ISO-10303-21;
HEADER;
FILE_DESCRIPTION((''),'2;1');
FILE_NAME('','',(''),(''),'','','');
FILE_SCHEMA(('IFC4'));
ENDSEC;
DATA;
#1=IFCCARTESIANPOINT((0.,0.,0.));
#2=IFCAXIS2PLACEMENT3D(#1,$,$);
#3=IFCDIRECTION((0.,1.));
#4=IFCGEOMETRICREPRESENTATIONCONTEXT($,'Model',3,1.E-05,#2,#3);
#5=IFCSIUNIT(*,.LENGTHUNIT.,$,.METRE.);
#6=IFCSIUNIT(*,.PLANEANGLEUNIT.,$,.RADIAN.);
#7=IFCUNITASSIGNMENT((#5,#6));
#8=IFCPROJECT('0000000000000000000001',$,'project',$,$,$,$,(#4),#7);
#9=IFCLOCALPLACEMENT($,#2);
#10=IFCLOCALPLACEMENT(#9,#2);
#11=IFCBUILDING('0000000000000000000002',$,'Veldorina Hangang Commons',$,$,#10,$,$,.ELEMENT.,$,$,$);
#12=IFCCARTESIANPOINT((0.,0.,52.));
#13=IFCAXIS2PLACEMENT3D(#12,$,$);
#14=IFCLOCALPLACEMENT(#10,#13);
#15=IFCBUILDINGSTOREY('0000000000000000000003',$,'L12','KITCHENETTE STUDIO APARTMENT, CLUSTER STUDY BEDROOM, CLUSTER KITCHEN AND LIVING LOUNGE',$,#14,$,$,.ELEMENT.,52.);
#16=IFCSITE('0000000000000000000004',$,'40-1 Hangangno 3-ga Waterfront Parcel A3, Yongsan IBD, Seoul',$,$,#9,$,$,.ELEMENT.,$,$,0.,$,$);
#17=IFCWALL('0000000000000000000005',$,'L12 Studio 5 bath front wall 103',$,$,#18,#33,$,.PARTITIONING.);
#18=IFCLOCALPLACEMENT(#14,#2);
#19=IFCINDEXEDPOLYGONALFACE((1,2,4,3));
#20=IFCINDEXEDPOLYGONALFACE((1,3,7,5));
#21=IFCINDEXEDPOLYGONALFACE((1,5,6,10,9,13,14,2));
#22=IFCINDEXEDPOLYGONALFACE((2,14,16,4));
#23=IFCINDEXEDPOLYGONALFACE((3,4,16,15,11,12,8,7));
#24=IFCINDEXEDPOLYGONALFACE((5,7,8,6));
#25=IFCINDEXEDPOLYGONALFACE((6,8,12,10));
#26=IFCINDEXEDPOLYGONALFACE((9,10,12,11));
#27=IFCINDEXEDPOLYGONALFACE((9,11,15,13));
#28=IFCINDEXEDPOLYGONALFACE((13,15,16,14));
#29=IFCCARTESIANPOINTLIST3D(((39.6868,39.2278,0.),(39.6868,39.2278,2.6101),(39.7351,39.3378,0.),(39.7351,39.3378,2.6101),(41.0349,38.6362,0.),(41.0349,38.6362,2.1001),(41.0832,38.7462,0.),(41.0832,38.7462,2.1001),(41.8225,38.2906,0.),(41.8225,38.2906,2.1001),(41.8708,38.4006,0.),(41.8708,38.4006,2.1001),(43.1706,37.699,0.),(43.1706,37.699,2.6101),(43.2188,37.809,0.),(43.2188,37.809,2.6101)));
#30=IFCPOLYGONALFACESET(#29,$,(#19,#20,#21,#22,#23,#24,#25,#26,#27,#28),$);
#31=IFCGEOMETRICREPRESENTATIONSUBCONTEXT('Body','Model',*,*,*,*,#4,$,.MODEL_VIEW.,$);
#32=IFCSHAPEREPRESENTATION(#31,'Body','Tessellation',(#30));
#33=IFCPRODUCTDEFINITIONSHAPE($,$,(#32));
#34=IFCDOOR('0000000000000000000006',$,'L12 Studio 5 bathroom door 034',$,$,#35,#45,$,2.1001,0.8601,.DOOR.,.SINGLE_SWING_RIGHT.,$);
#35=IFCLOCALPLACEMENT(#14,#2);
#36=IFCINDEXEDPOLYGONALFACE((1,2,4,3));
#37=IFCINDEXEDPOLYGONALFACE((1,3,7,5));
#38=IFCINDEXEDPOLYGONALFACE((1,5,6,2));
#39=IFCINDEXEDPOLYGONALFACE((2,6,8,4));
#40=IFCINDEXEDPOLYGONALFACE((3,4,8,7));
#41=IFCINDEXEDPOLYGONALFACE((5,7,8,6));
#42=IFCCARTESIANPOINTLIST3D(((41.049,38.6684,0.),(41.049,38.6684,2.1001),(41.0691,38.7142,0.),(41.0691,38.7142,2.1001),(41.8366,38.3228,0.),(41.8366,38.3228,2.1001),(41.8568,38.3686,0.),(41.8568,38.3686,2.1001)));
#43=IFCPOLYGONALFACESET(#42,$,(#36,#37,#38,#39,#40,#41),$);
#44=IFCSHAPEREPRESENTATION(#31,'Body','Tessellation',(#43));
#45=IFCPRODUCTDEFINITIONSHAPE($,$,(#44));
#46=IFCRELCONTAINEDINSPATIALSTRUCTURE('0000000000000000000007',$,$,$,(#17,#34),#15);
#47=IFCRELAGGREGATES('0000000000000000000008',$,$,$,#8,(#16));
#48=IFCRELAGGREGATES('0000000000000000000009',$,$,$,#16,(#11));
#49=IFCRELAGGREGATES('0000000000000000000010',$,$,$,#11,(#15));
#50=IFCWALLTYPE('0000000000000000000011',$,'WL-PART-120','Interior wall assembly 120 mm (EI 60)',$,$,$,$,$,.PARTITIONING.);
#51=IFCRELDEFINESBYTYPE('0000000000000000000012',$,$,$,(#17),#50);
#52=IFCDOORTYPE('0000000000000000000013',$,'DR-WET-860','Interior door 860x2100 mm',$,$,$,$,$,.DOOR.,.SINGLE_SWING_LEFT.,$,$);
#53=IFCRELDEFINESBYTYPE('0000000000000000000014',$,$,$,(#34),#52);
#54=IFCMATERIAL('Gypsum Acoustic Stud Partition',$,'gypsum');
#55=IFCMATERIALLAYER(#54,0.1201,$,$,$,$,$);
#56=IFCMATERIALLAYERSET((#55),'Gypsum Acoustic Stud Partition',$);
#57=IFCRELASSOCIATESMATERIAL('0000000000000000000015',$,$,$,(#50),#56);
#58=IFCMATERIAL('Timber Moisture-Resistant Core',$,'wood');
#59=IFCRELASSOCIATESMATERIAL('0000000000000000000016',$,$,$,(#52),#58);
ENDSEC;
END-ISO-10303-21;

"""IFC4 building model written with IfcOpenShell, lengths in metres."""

from ifc_helpers import new_model, si_unit, direction, frame, frame_2d, origin, place, context, subcontext, project, spatial, rectangle, extrude, material, layer, layer_set, type_object, element, fill, save


model = new_model("IFC4")

# Units and contexts
model_context = context("Model", 3, precision=1e-05, world=origin(), true_north=direction((0.0, 1.0)))
body_context = subcontext(model_context, "Body", "Model", "MODEL_VIEW")
ifc_project = project(units=[si_unit("LENGTHUNIT", "METRE"), si_unit("PLANEANGLEUNIT", "RADIAN")], contexts=[model_context])

# Site, building, storey
site_placement = place(None, origin())
site = spatial("IfcSite", under=ifc_project, at=site_placement, Name="40-1 Hangangno 3-ga Waterfront Parcel A3, Yongsan IBD, Seoul", CompositionType="ELEMENT", RefElevation=0.0)
building_placement = place(site_placement, origin())
building = spatial("IfcBuilding", under=site, at=building_placement, Name="Veldorina Hangang Commons", CompositionType="ELEMENT")
storey_placement = place(building_placement, frame((0.0, 0.0, 52.0)))
storey = spatial("IfcBuildingStorey", under=building, at=storey_placement, Name="L12", Description="KITCHENETTE STUDIO APARTMENT, CLUSTER STUDY BEDROOM, CLUSTER KITCHEN AND LIVING LOUNGE", CompositionType="ELEMENT", Elevation=52.0)

# Shared definitions
ifc_material_1 = material(Name="Gypsum Acoustic Stud Partition", Category="gypsum")
ifc_layer_1 = layer(ifc_material_1, 0.1201)
ifc_layer_set_1 = layer_set([ifc_layer_1], Name="Gypsum Acoustic Stud Partition")
wall_type_1 = type_object("IfcWallType", Name="WL-PART-120", Description="Interior wall assembly 120 mm (EI 60)", PredefinedType="PARTITIONING", material=ifc_layer_set_1)
ifc_material_2 = material(Name="Timber Moisture-Resistant Core", Category="wood")
door_type_1 = type_object("IfcDoorType", Name="DR-WET-860", Description="Interior door 860x2100 mm", OperationType="SINGLE_SWING_LEFT", PredefinedType="DOOR", material=ifc_material_2)

# Wall, opening, door
wall_1_placement = place(storey_placement, frame((43.1948, 37.7539, 0.0), z_axis=(0.0, 0.0, 1.0), x_axis=(-0.915702, 0.401859, 0.0)))
wall_1 = element("IfcWall", 1, at=wall_1_placement, inside=storey, type_object=wall_type_1, Name="L12 Studio 5 bath front wall 103", PredefinedType="PARTITIONING", context=body_context, shape_type="SweptSolid", body=[
    extrude(rectangle(XDim=3.8044, YDim=0.1201, at=frame_2d((1.9023, 0.0))), origin(), (0.0, 0.0, 1.0), 2.6101),
])
opening_1_placement = place(wall_1_placement, frame((1.4722, 0.0, 0.0)))
opening_1 = element("IfcOpeningElement", 2, at=opening_1_placement, cuts=wall_1, PredefinedType="OPENING", context=body_context, shape_type="SweptSolid", body=[
    extrude(rectangle(XDim=0.8601, YDim=2.1001, at=frame_2d((0.4302, 1.05))), frame((0.0, 0.0701, 0.0), z_axis=(0.0, -1.0, 0.0), x_axis=(1.0, 0.0, 0.0)), (0.0, 0.0, 1.0), 0.1401),
])
door_1_placement = place(opening_1_placement, origin())
door_1 = element("IfcDoor", 3, at=door_1_placement, inside=storey, type_object=door_type_1, Name="L12 Studio 5 bathroom door 034", OperationType="SINGLE_SWING_RIGHT", OverallHeight=2.1001, OverallWidth=0.8601, PredefinedType="DOOR", context=body_context, shape_type="SweptSolid", body=[
    extrude(rectangle(XDim=0.8601, YDim=2.1001, at=frame_2d((0.4302, 1.05))), frame((0.0, 0.0249, 0.0), z_axis=(0.0, -1.0, 0.0), x_axis=(1.0, 0.0, 0.0)), (0.0, 0.0, 1.0), 0.05),
])
fill(opening_1, door_1)

save(model, "model.ifc")
